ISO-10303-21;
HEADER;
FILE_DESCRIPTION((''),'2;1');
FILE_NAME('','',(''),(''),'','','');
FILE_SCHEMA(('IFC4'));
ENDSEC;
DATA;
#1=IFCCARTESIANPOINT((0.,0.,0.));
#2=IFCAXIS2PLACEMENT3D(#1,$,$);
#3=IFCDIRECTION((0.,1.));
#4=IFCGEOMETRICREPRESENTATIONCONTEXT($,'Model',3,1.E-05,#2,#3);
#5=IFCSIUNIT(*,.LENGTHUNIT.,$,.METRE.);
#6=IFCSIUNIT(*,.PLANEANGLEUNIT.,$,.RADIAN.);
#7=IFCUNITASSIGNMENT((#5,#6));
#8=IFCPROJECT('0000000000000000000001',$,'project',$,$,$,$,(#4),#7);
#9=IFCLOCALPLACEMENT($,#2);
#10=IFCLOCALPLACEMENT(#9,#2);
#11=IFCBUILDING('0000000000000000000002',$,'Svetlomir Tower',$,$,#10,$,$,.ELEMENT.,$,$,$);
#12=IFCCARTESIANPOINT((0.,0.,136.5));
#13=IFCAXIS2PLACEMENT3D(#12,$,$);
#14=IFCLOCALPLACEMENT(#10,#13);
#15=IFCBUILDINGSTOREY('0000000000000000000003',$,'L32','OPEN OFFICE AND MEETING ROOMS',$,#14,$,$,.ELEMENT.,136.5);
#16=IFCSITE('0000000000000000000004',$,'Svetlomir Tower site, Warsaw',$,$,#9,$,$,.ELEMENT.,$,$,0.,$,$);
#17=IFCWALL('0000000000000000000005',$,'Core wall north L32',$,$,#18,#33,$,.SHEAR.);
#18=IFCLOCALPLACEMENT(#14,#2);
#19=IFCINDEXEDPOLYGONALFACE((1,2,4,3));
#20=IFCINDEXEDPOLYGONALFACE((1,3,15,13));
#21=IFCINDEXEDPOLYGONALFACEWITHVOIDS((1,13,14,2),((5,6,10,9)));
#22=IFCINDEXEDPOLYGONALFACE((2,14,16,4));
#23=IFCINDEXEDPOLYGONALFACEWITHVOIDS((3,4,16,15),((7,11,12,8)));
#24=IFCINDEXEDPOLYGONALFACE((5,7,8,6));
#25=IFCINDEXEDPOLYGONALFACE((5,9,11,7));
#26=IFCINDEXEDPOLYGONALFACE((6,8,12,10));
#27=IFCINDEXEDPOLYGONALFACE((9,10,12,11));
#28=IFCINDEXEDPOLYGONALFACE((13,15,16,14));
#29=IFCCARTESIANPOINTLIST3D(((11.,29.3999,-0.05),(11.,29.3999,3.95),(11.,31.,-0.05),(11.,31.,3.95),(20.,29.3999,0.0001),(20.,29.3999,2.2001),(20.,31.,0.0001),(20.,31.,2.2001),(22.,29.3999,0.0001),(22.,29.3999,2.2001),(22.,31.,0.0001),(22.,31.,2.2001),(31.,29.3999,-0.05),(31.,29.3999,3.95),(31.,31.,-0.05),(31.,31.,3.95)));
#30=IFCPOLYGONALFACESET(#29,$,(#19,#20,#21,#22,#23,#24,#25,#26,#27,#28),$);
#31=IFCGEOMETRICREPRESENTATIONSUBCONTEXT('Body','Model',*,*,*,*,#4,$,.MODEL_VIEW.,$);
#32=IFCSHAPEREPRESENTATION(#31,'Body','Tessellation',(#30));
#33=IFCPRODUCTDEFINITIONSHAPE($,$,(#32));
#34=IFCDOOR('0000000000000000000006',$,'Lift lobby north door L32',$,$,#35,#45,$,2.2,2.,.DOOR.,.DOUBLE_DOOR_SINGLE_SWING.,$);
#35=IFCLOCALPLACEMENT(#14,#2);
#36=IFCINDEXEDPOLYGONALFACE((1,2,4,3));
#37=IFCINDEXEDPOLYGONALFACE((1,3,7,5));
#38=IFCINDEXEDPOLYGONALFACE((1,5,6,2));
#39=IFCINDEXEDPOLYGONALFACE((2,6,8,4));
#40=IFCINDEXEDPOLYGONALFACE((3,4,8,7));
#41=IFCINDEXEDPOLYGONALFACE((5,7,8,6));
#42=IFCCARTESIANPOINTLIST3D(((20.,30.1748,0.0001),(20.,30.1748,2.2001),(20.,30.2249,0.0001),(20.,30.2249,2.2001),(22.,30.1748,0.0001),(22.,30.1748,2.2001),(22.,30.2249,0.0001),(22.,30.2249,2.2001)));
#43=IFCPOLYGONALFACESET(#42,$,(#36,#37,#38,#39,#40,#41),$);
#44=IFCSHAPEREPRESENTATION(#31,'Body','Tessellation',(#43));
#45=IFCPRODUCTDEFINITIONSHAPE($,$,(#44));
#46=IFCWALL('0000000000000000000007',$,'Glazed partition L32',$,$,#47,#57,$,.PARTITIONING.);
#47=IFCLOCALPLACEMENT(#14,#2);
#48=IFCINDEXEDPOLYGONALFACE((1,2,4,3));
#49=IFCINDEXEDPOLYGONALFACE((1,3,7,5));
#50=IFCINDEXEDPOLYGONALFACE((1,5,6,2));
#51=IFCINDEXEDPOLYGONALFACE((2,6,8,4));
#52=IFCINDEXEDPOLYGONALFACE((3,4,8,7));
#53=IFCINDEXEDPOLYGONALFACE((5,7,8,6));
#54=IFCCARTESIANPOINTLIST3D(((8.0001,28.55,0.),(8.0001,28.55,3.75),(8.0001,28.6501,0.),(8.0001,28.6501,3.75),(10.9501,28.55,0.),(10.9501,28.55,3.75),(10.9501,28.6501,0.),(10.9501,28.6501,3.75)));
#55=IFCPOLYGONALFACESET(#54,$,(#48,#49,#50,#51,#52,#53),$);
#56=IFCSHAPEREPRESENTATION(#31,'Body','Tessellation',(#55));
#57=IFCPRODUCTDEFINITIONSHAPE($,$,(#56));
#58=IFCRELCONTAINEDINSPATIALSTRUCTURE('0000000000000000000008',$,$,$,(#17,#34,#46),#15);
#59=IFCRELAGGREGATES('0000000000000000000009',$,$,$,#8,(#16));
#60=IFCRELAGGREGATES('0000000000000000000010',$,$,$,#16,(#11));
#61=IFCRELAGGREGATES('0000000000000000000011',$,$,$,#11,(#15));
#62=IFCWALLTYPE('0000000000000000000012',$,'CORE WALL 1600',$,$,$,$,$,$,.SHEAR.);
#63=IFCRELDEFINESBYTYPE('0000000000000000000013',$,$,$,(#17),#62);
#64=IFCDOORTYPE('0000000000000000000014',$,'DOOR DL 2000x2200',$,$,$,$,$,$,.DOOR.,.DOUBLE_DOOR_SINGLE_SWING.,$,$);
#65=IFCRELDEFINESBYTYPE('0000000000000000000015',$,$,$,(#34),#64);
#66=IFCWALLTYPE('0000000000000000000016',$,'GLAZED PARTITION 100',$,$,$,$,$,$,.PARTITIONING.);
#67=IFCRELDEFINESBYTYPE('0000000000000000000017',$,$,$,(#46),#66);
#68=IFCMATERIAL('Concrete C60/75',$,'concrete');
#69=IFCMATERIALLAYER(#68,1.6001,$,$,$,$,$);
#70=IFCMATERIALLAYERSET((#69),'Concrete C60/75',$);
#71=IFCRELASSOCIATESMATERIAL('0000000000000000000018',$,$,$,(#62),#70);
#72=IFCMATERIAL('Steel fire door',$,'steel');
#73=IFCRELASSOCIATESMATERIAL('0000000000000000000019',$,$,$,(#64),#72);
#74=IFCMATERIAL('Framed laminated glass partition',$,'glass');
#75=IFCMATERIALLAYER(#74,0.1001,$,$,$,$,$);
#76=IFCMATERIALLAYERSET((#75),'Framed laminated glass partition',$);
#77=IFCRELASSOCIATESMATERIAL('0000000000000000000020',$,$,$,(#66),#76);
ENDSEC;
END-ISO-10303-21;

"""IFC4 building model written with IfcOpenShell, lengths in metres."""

from ifc_helpers import new_model, si_unit, direction, frame, frame_2d, origin, place, context, subcontext, project, spatial, rectangle, extrude, material, layer, layer_set, type_object, element, fill, save


model = new_model("IFC4")

# Units and contexts
model_context = context("Model", 3, precision=1e-05, world=origin(), true_north=direction((0.0, 1.0)))
body_context = subcontext(model_context, "Body", "Model", "MODEL_VIEW")
ifc_project = project(units=[si_unit("LENGTHUNIT", "METRE"), si_unit("PLANEANGLEUNIT", "RADIAN")], contexts=[model_context])

# Site, building, storey
site_placement = place(None, origin())
site = spatial("IfcSite", under=ifc_project, at=site_placement, Name="Svetlomir Tower site, Warsaw", CompositionType="ELEMENT", RefElevation=0.0)
building_placement = place(site_placement, origin())
building = spatial("IfcBuilding", under=site, at=building_placement, Name="Svetlomir Tower", CompositionType="ELEMENT")
storey_placement = place(building_placement, frame((0.0, 0.0, 136.5)))
storey = spatial("IfcBuildingStorey", under=building, at=storey_placement, Name="L32", Description="OPEN OFFICE AND MEETING ROOMS", CompositionType="ELEMENT", Elevation=136.5)

# Wall, opening, door
ifc_material_1 = material(Name="Concrete C60/75", Category="concrete")
ifc_layer_1 = layer(ifc_material_1, 1.6001)
ifc_layer_set_1 = layer_set([ifc_layer_1], Name="Concrete C60/75")
wall_type_1 = type_object("IfcWallType", Name="CORE WALL 1600", PredefinedType="SHEAR", material=ifc_layer_set_1)
wall_1_placement = place(storey_placement, frame((11.0, 30.2, -0.05), z_axis=(0.0, 0.0, 1.0), x_axis=(1.0, 0.0, 0.0)))
wall_1 = element("IfcWall", 1, at=wall_1_placement, inside=storey, type_object=wall_type_1, Name="Core wall north L32", PredefinedType="SHEAR", context=body_context, shape_type="SweptSolid", body=[
    extrude(rectangle(XDim=20.0, YDim=1.6001, at=frame_2d((10.0, 0.0))), origin(), (0.0, 0.0, 1.0), 4.0),
])
opening_1_placement = place(wall_1_placement, frame((9.0, 0.0, 0.05)))
opening_1 = element("IfcOpeningElement", 2, at=opening_1_placement, cuts=wall_1, PredefinedType="OPENING", context=body_context, shape_type="SweptSolid", body=[
    extrude(rectangle(XDim=2.0, YDim=2.2, at=frame_2d((1.0, 1.1001))), frame((0.0, 0.8101, 0.0), z_axis=(0.0, -1.0, 0.0), x_axis=(1.0, 0.0, 0.0)), (0.0, 0.0, 1.0), 1.6201),
])
ifc_material_2 = material(Name="Steel fire door", Category="steel")
door_type_1 = type_object("IfcDoorType", Name="DOOR DL 2000x2200", OperationType="DOUBLE_DOOR_SINGLE_SWING", PredefinedType="DOOR", material=ifc_material_2)
door_1_placement = place(opening_1_placement, origin())
door_1 = element("IfcDoor", 3, at=door_1_placement, inside=storey, type_object=door_type_1, Name="Lift lobby north door L32", OperationType="DOUBLE_DOOR_SINGLE_SWING", OverallHeight=2.2, OverallWidth=2.0, PredefinedType="DOOR", context=body_context, shape_type="SweptSolid", body=[
    extrude(rectangle(XDim=2.0, YDim=2.2, at=frame_2d((1.0, 1.1001))), frame((0.0, 0.0249, 0.0), z_axis=(0.0, -1.0, 0.0), x_axis=(1.0, 0.0, 0.0)), (0.0, 0.0, 1.0), 0.05),
])
fill(opening_1, door_1)

# Wall
ifc_material_3 = material(Name="Framed laminated glass partition", Category="glass")
ifc_layer_2 = layer(ifc_material_3, 0.1001)
ifc_layer_set_2 = layer_set([ifc_layer_2], Name="Framed laminated glass partition")
wall_type_2 = type_object("IfcWallType", Name="GLAZED PARTITION 100", PredefinedType="PARTITIONING", material=ifc_layer_set_2)
wall_2_placement = place(storey_placement, frame((8.0, 28.6001, 0.0), z_axis=(0.0, 0.0, 1.0), x_axis=(1.0, 0.0, 0.0)))
element("IfcWall", 4, at=wall_2_placement, inside=storey, type_object=wall_type_2, Name="Glazed partition L32", PredefinedType="PARTITIONING", context=body_context, shape_type="SweptSolid", body=[
    extrude(rectangle(XDim=2.95, YDim=0.1001, at=frame_2d((1.4751, 0.0))), origin(), (0.0, 0.0, 1.0), 3.75),
])

save(model, "model.ifc")
